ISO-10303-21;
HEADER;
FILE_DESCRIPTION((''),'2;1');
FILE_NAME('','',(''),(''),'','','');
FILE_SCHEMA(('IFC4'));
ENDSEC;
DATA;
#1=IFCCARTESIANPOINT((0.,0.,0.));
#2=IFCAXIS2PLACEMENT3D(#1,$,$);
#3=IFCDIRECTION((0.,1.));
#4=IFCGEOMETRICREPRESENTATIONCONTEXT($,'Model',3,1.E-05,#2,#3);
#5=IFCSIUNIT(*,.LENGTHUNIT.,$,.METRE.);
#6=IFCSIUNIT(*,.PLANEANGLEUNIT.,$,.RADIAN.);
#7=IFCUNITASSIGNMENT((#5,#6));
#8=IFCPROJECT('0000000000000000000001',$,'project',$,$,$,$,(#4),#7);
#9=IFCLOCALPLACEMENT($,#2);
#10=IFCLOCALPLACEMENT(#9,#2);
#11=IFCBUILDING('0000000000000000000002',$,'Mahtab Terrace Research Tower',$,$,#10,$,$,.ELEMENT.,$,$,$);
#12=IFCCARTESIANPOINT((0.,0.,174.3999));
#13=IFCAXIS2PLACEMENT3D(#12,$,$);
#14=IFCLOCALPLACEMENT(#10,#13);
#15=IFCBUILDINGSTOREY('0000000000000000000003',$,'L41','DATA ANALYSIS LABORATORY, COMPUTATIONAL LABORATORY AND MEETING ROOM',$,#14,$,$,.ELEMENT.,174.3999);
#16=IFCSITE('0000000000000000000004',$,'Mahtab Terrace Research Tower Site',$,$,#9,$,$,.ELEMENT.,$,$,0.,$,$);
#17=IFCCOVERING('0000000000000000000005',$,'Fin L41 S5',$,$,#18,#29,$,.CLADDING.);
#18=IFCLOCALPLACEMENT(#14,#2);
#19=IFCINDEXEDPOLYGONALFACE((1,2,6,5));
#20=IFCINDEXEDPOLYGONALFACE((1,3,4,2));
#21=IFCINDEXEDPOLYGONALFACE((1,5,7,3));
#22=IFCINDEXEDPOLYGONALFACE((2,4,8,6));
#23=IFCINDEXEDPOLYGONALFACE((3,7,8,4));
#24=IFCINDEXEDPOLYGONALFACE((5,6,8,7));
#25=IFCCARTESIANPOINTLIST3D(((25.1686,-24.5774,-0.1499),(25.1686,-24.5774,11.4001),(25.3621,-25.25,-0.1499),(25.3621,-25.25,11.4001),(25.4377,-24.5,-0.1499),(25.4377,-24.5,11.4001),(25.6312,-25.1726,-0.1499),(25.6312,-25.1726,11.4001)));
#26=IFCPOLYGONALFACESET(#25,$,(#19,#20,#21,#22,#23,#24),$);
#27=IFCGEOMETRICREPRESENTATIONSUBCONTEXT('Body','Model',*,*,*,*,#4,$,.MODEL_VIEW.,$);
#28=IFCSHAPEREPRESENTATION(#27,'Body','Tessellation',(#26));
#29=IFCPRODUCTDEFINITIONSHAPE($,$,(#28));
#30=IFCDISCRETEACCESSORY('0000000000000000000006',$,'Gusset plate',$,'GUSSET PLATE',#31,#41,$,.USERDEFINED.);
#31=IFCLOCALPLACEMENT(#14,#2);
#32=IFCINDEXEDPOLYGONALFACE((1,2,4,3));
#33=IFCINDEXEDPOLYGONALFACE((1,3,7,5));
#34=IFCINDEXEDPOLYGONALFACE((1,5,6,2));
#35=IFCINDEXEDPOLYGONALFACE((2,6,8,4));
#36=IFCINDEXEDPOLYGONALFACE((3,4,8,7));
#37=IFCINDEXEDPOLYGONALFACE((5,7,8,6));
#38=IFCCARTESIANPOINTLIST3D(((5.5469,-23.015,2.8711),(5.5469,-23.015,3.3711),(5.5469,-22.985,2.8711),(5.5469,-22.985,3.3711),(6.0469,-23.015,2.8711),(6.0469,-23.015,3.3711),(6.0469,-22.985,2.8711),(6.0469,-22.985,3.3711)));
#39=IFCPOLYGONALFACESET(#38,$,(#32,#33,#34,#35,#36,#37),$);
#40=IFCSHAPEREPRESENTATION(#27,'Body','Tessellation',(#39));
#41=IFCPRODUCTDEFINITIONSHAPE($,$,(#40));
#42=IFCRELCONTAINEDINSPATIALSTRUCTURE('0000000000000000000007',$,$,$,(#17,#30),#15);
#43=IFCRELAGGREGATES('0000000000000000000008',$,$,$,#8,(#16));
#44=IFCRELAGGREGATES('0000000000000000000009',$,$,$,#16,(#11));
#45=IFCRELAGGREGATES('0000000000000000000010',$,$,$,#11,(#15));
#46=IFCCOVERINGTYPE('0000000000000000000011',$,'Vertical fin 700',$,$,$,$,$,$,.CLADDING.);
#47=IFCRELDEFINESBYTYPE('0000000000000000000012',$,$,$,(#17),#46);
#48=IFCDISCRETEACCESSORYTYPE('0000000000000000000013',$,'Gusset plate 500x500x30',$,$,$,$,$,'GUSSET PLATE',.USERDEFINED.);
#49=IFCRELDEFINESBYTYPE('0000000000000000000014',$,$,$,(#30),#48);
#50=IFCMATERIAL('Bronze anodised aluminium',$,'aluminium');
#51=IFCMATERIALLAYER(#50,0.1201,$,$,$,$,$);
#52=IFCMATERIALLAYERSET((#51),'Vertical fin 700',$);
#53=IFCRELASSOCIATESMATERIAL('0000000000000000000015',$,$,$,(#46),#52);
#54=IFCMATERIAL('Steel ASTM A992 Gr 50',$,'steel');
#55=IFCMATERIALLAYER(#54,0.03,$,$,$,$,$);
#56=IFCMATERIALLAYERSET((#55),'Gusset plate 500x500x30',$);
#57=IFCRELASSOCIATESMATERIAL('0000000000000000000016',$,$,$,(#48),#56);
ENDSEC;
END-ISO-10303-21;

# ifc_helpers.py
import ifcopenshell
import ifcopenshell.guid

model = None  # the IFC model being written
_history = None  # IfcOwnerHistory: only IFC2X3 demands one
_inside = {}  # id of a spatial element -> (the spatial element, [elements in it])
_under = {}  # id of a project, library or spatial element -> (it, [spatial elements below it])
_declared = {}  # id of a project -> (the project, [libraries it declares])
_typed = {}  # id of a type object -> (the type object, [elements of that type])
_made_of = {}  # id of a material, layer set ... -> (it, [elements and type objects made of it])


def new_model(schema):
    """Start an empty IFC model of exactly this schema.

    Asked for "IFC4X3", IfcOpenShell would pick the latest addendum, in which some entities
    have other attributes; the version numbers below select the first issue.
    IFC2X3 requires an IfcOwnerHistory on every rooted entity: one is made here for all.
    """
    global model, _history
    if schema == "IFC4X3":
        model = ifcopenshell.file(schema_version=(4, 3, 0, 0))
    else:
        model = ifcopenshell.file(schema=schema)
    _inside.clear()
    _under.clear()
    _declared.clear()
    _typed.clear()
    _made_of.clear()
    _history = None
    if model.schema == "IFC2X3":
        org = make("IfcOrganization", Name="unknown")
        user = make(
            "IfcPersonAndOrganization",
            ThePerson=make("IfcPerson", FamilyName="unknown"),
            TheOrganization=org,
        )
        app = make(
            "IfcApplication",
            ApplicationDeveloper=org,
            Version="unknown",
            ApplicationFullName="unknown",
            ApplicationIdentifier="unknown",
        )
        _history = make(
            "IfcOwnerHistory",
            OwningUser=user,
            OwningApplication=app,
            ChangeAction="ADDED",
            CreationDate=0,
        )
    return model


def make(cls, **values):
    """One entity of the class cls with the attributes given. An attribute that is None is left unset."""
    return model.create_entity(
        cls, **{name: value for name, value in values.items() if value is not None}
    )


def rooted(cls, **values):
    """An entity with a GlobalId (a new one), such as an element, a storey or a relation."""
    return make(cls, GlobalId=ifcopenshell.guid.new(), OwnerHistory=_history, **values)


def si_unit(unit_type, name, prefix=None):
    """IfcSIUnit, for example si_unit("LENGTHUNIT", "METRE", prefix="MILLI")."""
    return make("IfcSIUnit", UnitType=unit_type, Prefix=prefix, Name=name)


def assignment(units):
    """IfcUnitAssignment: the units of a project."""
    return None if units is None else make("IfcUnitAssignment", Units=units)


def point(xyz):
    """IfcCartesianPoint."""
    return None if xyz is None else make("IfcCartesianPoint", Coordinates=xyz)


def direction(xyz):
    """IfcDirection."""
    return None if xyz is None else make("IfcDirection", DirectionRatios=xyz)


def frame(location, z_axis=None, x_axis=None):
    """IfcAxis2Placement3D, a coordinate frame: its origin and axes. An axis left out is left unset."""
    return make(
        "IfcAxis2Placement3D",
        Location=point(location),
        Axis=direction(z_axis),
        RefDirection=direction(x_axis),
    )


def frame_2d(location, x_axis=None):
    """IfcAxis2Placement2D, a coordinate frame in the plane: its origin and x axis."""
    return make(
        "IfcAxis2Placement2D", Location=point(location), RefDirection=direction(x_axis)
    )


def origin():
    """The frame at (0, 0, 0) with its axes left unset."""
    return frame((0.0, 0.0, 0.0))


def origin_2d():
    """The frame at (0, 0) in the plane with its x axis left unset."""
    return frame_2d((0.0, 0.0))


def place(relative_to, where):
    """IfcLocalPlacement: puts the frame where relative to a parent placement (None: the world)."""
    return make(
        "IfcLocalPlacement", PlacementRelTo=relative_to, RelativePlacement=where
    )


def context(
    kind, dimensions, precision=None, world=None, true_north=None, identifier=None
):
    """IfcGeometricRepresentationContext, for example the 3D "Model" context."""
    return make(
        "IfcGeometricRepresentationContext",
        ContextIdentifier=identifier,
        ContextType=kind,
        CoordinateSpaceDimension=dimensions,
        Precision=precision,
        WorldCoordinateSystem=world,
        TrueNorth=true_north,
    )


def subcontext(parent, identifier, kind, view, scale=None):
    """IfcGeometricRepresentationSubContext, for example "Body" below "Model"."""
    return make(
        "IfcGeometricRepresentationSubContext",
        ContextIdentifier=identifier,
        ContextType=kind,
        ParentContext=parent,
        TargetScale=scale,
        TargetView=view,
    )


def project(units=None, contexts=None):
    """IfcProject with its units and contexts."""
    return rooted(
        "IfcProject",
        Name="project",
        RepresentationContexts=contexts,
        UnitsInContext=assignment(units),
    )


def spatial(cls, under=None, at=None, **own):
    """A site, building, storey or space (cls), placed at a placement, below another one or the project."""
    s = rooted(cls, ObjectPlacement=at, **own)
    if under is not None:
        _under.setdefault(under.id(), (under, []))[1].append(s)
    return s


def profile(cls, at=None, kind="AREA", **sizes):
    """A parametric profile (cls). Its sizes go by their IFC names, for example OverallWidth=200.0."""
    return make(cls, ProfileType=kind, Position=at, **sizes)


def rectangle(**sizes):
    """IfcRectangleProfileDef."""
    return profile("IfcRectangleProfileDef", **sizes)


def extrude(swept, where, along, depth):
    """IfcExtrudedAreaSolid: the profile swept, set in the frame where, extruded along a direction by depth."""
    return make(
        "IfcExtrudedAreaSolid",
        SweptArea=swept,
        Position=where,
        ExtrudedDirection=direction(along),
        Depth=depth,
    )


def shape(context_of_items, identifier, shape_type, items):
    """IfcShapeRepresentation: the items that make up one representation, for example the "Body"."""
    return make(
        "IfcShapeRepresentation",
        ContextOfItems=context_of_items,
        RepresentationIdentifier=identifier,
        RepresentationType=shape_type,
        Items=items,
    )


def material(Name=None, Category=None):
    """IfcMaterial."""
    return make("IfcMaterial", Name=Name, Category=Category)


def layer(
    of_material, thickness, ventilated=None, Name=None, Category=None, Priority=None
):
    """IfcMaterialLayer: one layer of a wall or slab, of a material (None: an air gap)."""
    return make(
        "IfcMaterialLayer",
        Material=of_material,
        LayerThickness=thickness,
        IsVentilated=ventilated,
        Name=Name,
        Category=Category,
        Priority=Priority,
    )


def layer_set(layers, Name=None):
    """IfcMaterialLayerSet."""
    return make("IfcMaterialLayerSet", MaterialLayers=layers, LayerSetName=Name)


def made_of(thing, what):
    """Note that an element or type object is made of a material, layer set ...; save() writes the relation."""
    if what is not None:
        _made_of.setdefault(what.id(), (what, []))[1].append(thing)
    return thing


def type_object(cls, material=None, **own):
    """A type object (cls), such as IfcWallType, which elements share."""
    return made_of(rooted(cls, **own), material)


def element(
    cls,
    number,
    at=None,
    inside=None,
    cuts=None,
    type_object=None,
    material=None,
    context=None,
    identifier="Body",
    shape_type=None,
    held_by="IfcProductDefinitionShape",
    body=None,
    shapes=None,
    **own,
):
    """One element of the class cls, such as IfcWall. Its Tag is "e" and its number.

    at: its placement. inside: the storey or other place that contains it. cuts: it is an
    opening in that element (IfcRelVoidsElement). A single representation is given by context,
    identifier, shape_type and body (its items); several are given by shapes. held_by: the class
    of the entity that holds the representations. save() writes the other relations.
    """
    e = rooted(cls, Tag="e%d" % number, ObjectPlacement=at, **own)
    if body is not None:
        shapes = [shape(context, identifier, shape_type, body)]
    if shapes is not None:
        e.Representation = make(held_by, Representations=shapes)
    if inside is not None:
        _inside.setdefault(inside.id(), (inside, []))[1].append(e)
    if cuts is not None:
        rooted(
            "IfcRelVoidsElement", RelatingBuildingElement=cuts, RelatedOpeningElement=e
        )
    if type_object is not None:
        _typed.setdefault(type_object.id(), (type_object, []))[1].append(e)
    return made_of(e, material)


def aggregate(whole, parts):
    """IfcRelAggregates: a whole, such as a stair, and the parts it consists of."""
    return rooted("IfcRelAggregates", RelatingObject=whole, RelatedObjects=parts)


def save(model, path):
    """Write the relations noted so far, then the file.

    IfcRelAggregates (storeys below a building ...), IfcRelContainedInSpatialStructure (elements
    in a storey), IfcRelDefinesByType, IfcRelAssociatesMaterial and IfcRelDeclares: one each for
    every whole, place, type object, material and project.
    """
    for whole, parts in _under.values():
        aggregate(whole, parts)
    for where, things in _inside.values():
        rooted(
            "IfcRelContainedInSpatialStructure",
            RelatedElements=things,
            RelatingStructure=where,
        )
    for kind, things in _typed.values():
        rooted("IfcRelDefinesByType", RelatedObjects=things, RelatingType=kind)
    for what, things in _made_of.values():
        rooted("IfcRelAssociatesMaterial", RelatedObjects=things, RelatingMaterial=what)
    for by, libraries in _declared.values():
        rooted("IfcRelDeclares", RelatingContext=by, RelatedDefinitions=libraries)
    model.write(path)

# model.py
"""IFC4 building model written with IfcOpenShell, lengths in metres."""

from ifc_helpers import new_model, si_unit, direction, frame, origin, origin_2d, place, context, subcontext, project, spatial, rectangle, extrude, material, layer, layer_set, type_object, element, save


model = new_model("IFC4")

# Units and contexts
model_context = context("Model", 3, precision=1e-05, world=origin(), true_north=direction((0.0, 1.0)))
body_context = subcontext(model_context, "Body", "Model", "MODEL_VIEW")
ifc_project = project(units=[si_unit("LENGTHUNIT", "METRE"), si_unit("PLANEANGLEUNIT", "RADIAN")], contexts=[model_context])

# Site, building, storey
site_placement = place(None, origin())
site = spatial("IfcSite", under=ifc_project, at=site_placement, Name="Mahtab Terrace Research Tower Site", CompositionType="ELEMENT", RefElevation=0.0)
building_placement = place(site_placement, origin())
building = spatial("IfcBuilding", under=site, at=building_placement, Name="Mahtab Terrace Research Tower", CompositionType="ELEMENT")
storey_placement = place(building_placement, frame((0.0, 0.0, 174.3999)))
storey = spatial("IfcBuildingStorey", under=building, at=storey_placement, Name="L41", Description="DATA ANALYSIS LABORATORY, COMPUTATIONAL LABORATORY AND MEETING ROOM", CompositionType="ELEMENT", Elevation=174.3999)

# Shared definitions
ifc_material_1 = material(Name="Steel ASTM A992 Gr 50", Category="steel")

# Covering
ifc_material_2 = material(Name="Bronze anodised aluminium", Category="aluminium")
ifc_layer_1 = layer(ifc_material_2, 0.1201)
ifc_layer_set_1 = layer_set([ifc_layer_1], Name="Vertical fin 700")
covering_type = type_object("IfcCoveringType", Name="Vertical fin 700", PredefinedType="CLADDING", material=ifc_layer_set_1)
for number, where, z_axis, x_axis, name in (
    (1, (25.3999, -24.875, -0.1499), (0.0, 0.0, 1.0), (0.961032, 0.276436, 0.0), "Fin L41 S5"),
):
    element("IfcCovering", number, at=place(storey_placement, frame(where, z_axis=z_axis, x_axis=x_axis)), inside=storey, type_object=covering_type, Name=name, PredefinedType="CLADDING", context=body_context, shape_type="SweptSolid", body=[
        extrude(rectangle(XDim=0.28, YDim=0.7, at=origin_2d()), origin(), (0.0, 0.0, 1.0), 11.55),
    ])

# Discrete accessory
ifc_layer_2 = layer(ifc_material_1, 0.03)
ifc_layer_set_2 = layer_set([ifc_layer_2], Name="Gusset plate 500x500x30")
discrete_accessory_type = type_object("IfcDiscreteAccessoryType", Name="Gusset plate 500x500x30", ElementType="GUSSET PLATE", PredefinedType="USERDEFINED", material=ifc_layer_set_2)
discrete_accessory_placement = place(storey_placement, frame((5.7969, -23.0, 2.8711), z_axis=(0.0, 0.0, 1.0), x_axis=(1.0, 0.0, 0.0)))
element("IfcDiscreteAccessory", 2, at=discrete_accessory_placement, inside=storey, type_object=discrete_accessory_type, Name="Gusset plate", ObjectType="GUSSET PLATE", PredefinedType="USERDEFINED", context=body_context, shape_type="SweptSolid", body=[
    extrude(rectangle(XDim=0.5, YDim=0.03, at=origin_2d()), origin(), (0.0, 0.0, 1.0), 0.5),
])

save(model, "model.ifc")
